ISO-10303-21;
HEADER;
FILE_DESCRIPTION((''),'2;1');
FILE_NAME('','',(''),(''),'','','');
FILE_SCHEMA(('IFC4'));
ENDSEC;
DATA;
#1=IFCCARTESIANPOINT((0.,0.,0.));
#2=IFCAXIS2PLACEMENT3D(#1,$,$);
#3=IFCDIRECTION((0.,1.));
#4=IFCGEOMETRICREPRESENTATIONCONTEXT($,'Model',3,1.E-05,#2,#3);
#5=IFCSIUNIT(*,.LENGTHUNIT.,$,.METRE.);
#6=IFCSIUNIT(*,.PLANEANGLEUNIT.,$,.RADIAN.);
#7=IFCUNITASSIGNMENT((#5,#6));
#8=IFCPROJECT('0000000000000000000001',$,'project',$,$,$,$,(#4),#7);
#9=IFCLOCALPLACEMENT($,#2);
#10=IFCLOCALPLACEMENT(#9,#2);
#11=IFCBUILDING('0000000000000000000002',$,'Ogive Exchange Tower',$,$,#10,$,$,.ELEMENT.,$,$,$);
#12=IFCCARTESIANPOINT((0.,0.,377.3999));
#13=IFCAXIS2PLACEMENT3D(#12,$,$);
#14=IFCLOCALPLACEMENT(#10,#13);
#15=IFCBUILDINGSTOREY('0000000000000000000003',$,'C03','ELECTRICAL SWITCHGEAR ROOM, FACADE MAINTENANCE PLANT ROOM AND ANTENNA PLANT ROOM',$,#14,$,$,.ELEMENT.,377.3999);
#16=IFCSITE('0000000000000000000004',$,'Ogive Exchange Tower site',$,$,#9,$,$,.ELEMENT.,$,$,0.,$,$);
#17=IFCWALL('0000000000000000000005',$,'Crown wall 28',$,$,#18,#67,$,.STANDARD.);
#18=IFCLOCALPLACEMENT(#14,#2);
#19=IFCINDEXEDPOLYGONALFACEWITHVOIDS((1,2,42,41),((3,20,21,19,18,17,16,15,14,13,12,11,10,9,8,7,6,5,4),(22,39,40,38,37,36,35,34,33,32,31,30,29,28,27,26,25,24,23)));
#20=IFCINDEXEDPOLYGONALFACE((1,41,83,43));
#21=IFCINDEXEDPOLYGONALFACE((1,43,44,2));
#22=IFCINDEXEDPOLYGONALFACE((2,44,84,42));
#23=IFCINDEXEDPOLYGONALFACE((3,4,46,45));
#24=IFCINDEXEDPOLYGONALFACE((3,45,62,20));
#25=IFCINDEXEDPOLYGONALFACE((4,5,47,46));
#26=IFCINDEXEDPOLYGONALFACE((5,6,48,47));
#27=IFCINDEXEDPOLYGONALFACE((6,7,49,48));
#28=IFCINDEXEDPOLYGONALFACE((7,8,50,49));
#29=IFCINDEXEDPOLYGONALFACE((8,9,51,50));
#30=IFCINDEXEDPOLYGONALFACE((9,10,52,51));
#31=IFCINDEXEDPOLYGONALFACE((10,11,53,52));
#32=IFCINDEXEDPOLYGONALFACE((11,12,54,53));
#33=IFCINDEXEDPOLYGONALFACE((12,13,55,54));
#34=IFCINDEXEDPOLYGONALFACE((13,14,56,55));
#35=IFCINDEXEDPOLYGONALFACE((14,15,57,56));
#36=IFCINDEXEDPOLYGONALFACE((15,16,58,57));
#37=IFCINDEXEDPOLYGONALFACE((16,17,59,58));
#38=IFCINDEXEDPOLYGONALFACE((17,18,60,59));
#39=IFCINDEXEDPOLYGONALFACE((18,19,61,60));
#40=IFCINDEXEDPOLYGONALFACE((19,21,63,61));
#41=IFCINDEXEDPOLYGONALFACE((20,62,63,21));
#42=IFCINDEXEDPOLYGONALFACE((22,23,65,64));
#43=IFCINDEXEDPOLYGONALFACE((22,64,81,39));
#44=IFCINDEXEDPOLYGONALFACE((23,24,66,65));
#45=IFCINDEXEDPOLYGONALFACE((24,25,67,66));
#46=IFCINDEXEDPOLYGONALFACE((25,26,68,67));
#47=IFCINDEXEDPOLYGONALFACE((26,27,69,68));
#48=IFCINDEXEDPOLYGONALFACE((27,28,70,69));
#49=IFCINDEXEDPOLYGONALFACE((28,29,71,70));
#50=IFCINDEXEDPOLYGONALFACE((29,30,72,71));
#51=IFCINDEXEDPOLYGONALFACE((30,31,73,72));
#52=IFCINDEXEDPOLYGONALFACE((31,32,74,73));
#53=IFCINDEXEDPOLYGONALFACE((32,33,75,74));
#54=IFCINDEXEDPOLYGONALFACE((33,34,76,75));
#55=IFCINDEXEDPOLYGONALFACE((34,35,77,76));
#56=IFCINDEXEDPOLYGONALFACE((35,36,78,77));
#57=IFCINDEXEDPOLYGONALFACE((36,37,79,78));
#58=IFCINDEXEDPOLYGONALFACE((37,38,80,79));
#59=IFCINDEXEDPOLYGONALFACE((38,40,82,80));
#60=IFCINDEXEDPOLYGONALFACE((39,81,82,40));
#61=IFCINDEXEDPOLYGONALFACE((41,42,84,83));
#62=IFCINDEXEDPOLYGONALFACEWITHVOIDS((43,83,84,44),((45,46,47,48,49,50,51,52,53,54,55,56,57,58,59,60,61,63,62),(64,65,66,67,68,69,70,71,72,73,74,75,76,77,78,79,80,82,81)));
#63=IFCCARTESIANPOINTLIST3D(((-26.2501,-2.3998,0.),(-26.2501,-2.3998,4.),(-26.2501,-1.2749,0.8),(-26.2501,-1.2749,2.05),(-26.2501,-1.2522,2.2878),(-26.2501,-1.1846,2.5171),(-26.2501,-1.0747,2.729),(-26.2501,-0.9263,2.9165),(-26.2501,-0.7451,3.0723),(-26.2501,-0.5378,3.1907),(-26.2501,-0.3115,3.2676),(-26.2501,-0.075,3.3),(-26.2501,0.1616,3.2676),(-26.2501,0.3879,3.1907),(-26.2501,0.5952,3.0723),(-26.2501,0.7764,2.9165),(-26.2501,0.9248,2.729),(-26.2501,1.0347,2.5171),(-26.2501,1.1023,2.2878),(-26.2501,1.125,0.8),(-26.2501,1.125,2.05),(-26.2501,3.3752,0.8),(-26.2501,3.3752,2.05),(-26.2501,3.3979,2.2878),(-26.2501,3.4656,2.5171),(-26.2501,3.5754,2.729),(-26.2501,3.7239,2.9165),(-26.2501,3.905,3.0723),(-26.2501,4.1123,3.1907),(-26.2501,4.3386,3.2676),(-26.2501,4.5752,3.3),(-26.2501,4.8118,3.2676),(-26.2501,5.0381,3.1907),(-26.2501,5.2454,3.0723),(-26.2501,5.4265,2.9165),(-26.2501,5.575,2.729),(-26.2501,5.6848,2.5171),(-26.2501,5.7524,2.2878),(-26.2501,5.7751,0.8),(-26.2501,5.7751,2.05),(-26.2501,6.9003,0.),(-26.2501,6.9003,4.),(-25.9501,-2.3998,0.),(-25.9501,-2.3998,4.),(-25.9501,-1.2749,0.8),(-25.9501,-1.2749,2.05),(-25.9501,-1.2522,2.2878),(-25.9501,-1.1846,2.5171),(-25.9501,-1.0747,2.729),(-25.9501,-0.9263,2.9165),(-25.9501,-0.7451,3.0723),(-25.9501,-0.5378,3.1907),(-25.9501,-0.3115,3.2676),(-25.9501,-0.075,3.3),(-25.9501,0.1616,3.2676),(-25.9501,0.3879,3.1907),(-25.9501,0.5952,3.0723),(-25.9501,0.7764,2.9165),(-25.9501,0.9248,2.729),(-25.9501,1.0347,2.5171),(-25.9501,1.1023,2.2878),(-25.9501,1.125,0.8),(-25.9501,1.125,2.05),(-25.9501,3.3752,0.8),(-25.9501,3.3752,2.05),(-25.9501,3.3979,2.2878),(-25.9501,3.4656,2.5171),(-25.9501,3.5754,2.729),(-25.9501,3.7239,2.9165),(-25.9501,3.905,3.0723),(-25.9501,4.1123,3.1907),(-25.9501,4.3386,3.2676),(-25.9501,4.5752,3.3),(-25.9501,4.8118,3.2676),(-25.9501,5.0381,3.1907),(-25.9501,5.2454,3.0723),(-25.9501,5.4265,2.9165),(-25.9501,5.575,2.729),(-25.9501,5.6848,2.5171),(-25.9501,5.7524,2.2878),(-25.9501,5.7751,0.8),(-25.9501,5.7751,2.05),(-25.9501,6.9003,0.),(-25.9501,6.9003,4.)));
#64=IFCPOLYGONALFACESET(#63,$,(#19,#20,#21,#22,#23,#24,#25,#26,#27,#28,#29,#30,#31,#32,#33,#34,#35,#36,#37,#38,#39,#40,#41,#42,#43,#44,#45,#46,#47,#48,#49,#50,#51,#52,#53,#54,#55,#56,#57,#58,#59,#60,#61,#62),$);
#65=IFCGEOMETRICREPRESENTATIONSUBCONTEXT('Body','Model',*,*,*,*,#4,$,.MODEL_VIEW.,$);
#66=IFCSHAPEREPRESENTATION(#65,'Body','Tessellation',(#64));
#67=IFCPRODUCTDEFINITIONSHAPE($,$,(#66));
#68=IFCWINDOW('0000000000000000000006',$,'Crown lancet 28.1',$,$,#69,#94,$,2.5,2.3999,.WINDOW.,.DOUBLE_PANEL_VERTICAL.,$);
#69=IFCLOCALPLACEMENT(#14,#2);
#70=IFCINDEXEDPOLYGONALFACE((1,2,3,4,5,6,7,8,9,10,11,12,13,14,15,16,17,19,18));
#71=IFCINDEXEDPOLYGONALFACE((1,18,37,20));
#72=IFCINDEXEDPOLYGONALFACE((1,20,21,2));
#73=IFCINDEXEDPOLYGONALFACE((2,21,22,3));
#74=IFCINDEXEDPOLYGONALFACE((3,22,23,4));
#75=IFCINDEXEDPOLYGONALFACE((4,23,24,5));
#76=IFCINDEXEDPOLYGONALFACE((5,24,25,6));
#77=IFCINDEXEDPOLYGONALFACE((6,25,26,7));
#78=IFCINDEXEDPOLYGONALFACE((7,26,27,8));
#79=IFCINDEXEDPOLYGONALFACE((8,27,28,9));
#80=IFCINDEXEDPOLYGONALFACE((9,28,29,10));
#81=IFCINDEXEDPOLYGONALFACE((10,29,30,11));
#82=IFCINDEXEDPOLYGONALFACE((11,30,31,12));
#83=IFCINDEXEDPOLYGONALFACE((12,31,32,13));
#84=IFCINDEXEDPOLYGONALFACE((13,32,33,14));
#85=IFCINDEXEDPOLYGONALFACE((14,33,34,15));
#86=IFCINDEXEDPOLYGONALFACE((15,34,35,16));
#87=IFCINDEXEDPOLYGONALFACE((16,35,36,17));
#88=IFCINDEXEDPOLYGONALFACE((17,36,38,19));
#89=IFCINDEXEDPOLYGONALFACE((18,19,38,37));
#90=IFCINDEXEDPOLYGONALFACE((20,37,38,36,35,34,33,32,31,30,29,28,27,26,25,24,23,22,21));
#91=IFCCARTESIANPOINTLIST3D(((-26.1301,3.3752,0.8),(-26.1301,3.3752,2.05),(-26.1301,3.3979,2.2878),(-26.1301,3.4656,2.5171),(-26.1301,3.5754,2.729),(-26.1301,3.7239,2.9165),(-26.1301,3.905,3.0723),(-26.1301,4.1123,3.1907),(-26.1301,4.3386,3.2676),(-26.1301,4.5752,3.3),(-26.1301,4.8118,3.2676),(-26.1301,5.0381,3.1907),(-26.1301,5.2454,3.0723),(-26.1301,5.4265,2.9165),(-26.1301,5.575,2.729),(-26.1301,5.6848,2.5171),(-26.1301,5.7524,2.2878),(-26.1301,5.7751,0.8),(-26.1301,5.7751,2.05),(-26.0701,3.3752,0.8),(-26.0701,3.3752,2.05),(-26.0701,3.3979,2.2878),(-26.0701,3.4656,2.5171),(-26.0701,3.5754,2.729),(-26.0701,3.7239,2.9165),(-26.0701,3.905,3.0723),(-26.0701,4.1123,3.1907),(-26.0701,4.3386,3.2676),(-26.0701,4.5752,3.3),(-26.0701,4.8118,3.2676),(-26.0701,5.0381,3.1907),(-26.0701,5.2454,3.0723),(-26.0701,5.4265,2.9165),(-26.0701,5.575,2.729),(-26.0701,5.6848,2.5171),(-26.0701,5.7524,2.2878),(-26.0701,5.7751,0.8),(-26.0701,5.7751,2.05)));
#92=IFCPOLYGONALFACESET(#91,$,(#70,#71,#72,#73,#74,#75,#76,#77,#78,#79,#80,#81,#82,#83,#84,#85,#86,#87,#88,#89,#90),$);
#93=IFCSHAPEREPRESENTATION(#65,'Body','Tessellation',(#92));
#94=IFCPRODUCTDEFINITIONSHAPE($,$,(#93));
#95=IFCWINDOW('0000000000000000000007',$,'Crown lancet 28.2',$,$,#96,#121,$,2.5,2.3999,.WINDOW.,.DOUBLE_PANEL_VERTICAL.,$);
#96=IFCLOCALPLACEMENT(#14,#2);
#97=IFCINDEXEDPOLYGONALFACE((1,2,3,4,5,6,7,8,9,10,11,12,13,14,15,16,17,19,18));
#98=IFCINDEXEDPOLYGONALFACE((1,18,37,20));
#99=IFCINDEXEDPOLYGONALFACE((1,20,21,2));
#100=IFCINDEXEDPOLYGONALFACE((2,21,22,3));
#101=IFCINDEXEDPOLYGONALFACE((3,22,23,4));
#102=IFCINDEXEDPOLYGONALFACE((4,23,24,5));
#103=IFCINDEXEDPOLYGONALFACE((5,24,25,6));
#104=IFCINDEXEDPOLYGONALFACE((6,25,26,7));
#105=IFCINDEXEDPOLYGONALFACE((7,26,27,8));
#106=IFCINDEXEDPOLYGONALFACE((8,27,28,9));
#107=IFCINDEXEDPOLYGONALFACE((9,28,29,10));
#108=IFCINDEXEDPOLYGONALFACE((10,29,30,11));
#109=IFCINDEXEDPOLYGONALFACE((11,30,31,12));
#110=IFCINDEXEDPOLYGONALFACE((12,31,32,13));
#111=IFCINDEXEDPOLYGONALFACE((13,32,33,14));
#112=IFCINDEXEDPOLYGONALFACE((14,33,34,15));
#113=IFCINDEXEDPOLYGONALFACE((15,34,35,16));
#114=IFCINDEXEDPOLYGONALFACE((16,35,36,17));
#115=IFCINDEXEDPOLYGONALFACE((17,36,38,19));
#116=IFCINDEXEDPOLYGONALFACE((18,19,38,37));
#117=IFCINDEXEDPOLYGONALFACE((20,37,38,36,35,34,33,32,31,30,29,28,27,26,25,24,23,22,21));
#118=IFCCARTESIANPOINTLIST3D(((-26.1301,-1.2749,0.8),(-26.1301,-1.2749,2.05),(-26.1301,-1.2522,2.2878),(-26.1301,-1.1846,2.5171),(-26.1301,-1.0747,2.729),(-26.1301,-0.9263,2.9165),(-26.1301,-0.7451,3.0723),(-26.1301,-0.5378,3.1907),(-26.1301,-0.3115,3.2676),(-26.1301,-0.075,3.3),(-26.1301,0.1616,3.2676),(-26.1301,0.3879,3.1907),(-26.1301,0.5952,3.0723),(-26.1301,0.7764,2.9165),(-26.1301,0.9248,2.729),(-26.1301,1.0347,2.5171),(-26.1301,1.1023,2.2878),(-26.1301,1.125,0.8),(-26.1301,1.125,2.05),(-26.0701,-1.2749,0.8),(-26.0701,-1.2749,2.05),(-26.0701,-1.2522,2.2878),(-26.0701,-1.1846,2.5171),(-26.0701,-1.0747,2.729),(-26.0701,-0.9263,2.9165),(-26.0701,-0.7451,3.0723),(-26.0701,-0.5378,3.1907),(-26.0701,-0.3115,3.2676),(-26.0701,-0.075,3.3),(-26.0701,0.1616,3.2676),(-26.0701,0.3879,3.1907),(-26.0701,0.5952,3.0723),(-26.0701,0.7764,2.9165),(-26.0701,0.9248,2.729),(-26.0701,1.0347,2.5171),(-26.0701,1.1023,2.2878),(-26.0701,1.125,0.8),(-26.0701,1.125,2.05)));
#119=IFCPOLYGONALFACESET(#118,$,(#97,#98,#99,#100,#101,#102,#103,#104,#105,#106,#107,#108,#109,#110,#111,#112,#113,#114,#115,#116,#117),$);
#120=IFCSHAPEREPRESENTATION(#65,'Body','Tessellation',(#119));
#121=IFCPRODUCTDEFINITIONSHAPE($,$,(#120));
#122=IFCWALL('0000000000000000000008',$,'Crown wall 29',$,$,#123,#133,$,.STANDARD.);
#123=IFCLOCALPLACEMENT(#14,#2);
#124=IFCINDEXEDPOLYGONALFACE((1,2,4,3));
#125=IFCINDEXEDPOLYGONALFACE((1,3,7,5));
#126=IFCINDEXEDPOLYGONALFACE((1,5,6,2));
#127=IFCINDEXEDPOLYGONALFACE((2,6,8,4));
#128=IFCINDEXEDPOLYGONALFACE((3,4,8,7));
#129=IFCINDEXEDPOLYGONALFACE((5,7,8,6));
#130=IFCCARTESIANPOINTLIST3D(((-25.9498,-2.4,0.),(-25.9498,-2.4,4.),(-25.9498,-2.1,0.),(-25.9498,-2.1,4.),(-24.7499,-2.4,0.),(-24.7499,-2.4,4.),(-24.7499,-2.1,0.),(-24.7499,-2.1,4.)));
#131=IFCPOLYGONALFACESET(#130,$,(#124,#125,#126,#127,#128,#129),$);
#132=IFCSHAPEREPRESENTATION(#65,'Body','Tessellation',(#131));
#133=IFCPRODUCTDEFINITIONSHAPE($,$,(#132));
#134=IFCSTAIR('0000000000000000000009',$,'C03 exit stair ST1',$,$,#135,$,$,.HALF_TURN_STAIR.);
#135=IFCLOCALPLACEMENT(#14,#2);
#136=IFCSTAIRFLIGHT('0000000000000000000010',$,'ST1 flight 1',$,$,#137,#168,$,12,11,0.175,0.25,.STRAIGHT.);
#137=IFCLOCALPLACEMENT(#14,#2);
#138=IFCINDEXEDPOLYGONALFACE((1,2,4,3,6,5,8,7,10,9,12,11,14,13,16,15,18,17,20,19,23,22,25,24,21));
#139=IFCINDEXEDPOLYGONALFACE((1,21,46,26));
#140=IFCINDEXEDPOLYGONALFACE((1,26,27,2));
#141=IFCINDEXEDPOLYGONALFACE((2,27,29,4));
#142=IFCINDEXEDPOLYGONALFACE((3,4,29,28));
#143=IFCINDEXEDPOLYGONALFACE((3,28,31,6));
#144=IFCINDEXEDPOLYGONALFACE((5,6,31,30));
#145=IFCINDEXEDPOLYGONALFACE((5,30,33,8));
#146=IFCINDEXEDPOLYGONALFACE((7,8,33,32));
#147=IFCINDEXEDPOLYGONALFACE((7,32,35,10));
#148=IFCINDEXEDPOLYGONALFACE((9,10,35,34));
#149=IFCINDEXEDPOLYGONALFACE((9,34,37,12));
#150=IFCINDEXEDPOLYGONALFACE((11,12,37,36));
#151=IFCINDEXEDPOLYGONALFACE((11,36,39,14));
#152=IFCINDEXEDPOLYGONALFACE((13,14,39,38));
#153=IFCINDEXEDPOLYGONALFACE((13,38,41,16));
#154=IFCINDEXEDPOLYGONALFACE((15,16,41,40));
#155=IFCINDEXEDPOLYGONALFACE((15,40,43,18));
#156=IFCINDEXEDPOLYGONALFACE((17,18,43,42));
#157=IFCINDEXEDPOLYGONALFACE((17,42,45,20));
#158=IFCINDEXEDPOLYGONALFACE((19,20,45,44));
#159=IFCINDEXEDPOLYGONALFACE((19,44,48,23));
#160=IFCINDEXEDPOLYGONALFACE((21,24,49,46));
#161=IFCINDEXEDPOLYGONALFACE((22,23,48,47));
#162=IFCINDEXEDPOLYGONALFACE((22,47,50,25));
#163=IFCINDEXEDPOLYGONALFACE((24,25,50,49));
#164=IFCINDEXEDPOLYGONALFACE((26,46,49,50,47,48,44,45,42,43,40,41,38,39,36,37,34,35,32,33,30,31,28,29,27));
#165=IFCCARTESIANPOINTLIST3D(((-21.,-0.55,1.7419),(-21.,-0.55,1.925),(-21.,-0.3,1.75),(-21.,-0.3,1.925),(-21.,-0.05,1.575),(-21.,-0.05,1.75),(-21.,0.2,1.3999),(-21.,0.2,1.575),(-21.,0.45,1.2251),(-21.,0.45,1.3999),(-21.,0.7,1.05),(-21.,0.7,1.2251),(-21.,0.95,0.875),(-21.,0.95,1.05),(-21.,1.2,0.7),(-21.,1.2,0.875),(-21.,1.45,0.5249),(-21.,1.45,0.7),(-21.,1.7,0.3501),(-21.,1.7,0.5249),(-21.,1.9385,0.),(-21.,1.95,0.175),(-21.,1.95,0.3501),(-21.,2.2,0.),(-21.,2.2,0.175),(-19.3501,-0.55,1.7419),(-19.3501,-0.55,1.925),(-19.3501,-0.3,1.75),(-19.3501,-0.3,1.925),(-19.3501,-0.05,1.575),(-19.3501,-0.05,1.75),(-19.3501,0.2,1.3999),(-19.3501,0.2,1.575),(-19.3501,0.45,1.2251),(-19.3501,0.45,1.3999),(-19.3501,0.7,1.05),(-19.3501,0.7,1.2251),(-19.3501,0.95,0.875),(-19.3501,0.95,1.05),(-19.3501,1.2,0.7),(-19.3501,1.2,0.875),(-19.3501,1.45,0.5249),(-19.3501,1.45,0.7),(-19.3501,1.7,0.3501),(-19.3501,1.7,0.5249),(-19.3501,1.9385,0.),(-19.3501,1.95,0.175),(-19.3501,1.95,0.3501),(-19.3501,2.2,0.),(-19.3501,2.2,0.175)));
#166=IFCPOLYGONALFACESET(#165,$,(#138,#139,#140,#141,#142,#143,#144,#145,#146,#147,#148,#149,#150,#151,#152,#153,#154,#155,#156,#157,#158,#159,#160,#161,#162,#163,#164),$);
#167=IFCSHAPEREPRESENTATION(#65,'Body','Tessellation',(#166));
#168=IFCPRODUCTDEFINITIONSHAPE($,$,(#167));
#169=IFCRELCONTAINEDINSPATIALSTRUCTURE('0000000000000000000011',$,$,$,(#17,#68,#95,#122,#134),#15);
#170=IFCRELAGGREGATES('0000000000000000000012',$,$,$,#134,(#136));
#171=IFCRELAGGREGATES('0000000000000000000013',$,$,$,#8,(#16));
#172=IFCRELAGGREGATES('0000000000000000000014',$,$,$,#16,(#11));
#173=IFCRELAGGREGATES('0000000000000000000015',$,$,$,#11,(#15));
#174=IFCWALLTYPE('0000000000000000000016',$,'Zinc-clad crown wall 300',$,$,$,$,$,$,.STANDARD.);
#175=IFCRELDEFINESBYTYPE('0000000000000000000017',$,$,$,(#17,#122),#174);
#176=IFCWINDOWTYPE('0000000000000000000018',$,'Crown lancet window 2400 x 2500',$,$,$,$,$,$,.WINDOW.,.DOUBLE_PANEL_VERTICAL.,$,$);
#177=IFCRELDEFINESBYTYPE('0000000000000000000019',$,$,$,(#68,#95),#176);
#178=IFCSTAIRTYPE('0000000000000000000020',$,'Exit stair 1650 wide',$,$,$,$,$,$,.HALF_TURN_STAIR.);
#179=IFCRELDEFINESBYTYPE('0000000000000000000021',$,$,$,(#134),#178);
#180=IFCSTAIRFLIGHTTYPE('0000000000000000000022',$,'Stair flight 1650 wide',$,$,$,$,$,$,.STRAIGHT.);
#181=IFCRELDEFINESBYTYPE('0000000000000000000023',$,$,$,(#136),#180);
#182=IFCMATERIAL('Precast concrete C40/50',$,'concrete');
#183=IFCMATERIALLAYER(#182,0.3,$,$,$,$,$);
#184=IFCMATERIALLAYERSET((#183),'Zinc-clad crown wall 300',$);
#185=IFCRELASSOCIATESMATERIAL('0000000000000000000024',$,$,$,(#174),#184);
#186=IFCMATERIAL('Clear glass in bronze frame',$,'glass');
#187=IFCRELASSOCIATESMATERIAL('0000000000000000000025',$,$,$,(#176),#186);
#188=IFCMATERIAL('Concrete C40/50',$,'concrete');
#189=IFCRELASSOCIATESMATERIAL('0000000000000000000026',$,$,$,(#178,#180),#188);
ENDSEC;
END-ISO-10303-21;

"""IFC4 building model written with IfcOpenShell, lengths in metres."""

from ifc_helpers import new_model, si_unit, direction, frame, frame_2d, origin, place, context, subcontext, project, spatial, polyline, rectangle, outline, extrude, material, layer, layer_set, type_object, element, fill, aggregate, save


model = new_model("IFC4")

# Units and contexts
model_context = context("Model", 3, precision=1e-05, world=origin(), true_north=direction((0.0, 1.0)))
body_context = subcontext(model_context, "Body", "Model", "MODEL_VIEW")
ifc_project = project(units=[si_unit("LENGTHUNIT", "METRE"), si_unit("PLANEANGLEUNIT", "RADIAN")], contexts=[model_context])

# Site, building, storey
site_placement = place(None, origin())
site = spatial("IfcSite", under=ifc_project, at=site_placement, Name="Ogive Exchange Tower site", CompositionType="ELEMENT", RefElevation=0.0)
building_placement = place(site_placement, origin())
building = spatial("IfcBuilding", under=site, at=building_placement, Name="Ogive Exchange Tower", CompositionType="ELEMENT")
storey_placement = place(building_placement, frame((0.0, 0.0, 377.3999)))
storey = spatial("IfcBuildingStorey", under=building, at=storey_placement, Name="C03", Description="ELECTRICAL SWITCHGEAR ROOM, FACADE MAINTENANCE PLANT ROOM AND ANTENNA PLANT ROOM", CompositionType="ELEMENT", Elevation=377.3999)

# Shared definitions
ifc_material_1 = material(Name="Precast concrete C40/50", Category="concrete")
ifc_layer_1 = layer(ifc_material_1, 0.3)
ifc_layer_set_1 = layer_set([ifc_layer_1], Name="Zinc-clad crown wall 300")
wall_type_1 = type_object("IfcWallType", Name="Zinc-clad crown wall 300", PredefinedType="STANDARD", material=ifc_layer_set_1)

# Wall, openings, windows
wall_1_placement = place(storey_placement, frame((-26.1001, 6.9001, 0.0), z_axis=(0.0, 0.0, 1.0), x_axis=(0.0, -1.0, 0.0)))
wall_1 = element("IfcWall", 1, at=wall_1_placement, inside=storey, type_object=wall_type_1, Name="Crown wall 28", PredefinedType="STANDARD", context=body_context, shape_type="SweptSolid", body=[
    extrude(rectangle(XDim=9.3, YDim=0.3, at=frame_2d((4.6499, 0.0))), origin(), (0.0, 0.0, 1.0), 4.0),
])
opening_1_placement = place(wall_1_placement, frame((1.125, 0.0, 0.8)))
opening_1 = element("IfcOpeningElement", 2, at=opening_1_placement, cuts=wall_1, PredefinedType="OPENING", context=body_context, shape_type="SweptSolid", body=[
    extrude(outline(polyline([(0.0, 0.0), (2.3999, 0.0), (2.3999, 1.25), (2.3772, 1.4878), (2.3096, 1.717), (2.1997, 1.929), (2.0513, 2.1165), (1.8701, 2.2722), (1.6628, 2.3906), (1.4365, 2.4675), (1.2, 2.5), (0.9634, 2.4675), (0.7371, 2.3906), (0.5298, 2.2722), (0.3486, 2.1165), (0.2002, 1.929), (0.0903, 1.717), (0.0227, 1.4878), (0.0, 1.25), (0.0, 0.0)])), frame((0.0, 0.1599, 0.0), z_axis=(0.0, -1.0, 0.0), x_axis=(1.0, 0.0, 0.0)), (0.0, 0.0, 1.0), 0.3201),
])
opening_2_placement = place(wall_1_placement, frame((5.7751, 0.0, 0.8)))
opening_2 = element("IfcOpeningElement", 3, at=opening_2_placement, cuts=wall_1, PredefinedType="OPENING", context=body_context, shape_type="SweptSolid", body=[
    extrude(outline(polyline([(0.0, 0.0), (2.3999, 0.0), (2.3999, 1.25), (2.3772, 1.4878), (2.3096, 1.717), (2.1997, 1.929), (2.0513, 2.1165), (1.8701, 2.2722), (1.6628, 2.3906), (1.4365, 2.4675), (1.2, 2.5), (0.9634, 2.4675), (0.7371, 2.3906), (0.5298, 2.2722), (0.3486, 2.1165), (0.2002, 1.929), (0.0903, 1.717), (0.0227, 1.4878), (0.0, 1.25), (0.0, 0.0)])), frame((0.0, 0.1599, 0.0), z_axis=(0.0, -1.0, 0.0), x_axis=(1.0, 0.0, 0.0)), (0.0, 0.0, 1.0), 0.3201),
])
ifc_material_2 = material(Name="Clear glass in bronze frame", Category="glass")
window_type = type_object("IfcWindowType", Name="Crown lancet window 2400 x 2500", PartitioningType="DOUBLE_PANEL_VERTICAL", PredefinedType="WINDOW", material=ifc_material_2)
window_1_placement = place(opening_1_placement, origin())
window_1 = element("IfcWindow", 4, at=window_1_placement, inside=storey, type_object=window_type, Name="Crown lancet 28.1", OverallHeight=2.5, OverallWidth=2.3999, PartitioningType="DOUBLE_PANEL_VERTICAL", PredefinedType="WINDOW", context=body_context, shape_type="SweptSolid", body=[
    extrude(outline(polyline([(0.0, 0.0), (2.3999, 0.0), (2.3999, 1.25), (2.3772, 1.4878), (2.3096, 1.717), (2.1997, 1.929), (2.0513, 2.1165), (1.8701, 2.2722), (1.6628, 2.3906), (1.4365, 2.4675), (1.2, 2.5), (0.9634, 2.4675), (0.7371, 2.3906), (0.5298, 2.2722), (0.3486, 2.1165), (0.2002, 1.929), (0.0903, 1.717), (0.0227, 1.4878), (0.0, 1.25), (0.0, 0.0)])), frame((0.0, 0.03, 0.0), z_axis=(0.0, -1.0, 0.0), x_axis=(1.0, 0.0, 0.0)), (0.0, 0.0, 1.0), 0.0601),
])
fill(opening_1, window_1)
window_2_placement = place(opening_2_placement, origin())
window_2 = element("IfcWindow", 5, at=window_2_placement, inside=storey, type_object=window_type, Name="Crown lancet 28.2", OverallHeight=2.5, OverallWidth=2.3999, PartitioningType="DOUBLE_PANEL_VERTICAL", PredefinedType="WINDOW", context=body_context, shape_type="SweptSolid", body=[
    extrude(outline(polyline([(0.0, 0.0), (2.3999, 0.0), (2.3999, 1.25), (2.3772, 1.4878), (2.3096, 1.717), (2.1997, 1.929), (2.0513, 2.1165), (1.8701, 2.2722), (1.6628, 2.3906), (1.4365, 2.4675), (1.2, 2.5), (0.9634, 2.4675), (0.7371, 2.3906), (0.5298, 2.2722), (0.3486, 2.1165), (0.2002, 1.929), (0.0903, 1.717), (0.0227, 1.4878), (0.0, 1.25), (0.0, 0.0)])), frame((0.0, 0.03, 0.0), z_axis=(0.0, -1.0, 0.0), x_axis=(1.0, 0.0, 0.0)), (0.0, 0.0, 1.0), 0.0601),
])
fill(opening_2, window_2)

# Wall
wall_2_placement = place(storey_placement, frame((-25.95, -2.25, 0.0), z_axis=(0.0, 0.0, 1.0), x_axis=(1.0, 0.0, 0.0)))
element("IfcWall", 6, at=wall_2_placement, inside=storey, type_object=wall_type_1, Name="Crown wall 29", PredefinedType="STANDARD", context=body_context, shape_type="SweptSolid", body=[
    extrude(rectangle(XDim=1.2, YDim=0.3, at=frame_2d((0.6001, 0.0))), origin(), (0.0, 0.0, 1.0), 4.0),
])

# Stair, stair flight
ifc_material_3 = material(Name="Concrete C40/50", Category="concrete")
stair_type = type_object("IfcStairType", Name="Exit stair 1650 wide", PredefinedType="HALF_TURN_STAIR", material=ifc_material_3)
stair_placement = place(storey_placement, origin())
stair = element("IfcStair", 7, at=stair_placement, inside=storey, type_object=stair_type, Name="C03 exit stair ST1", PredefinedType="HALF_TURN_STAIR")
stair_flight_type = type_object("IfcStairFlightType", Name="Stair flight 1650 wide", PredefinedType="STRAIGHT", material=ifc_material_3)
stair_flight_placement = place(storey_placement, frame((-20.175, 2.2, 0.0), z_axis=(0.0, 0.0, 1.0), x_axis=(0.0, -1.0, 0.0)))
stair_flight = element("IfcStairFlight", 8, at=stair_flight_placement, type_object=stair_flight_type, Name="ST1 flight 1", NumberOfRisers=12, NumberOfTreads=11, PredefinedType="STRAIGHT", RiserHeight=0.175, TreadLength=0.25, context=body_context, shape_type="SweptSolid", body=[
    extrude(outline(polyline([(0.0, 0.0), (0.0, 0.175), (0.25, 0.175), (0.25, 0.3501), (0.5, 0.3501), (0.5, 0.5249), (0.75, 0.5249), (0.75, 0.7), (1.0, 0.7), (1.0, 0.875), (1.25, 0.875), (1.25, 1.05), (1.5, 1.05), (1.5, 1.2251), (1.75, 1.2251), (1.75, 1.3999), (2.0, 1.3999), (2.0, 1.575), (2.25, 1.575), (2.25, 1.75), (2.5, 1.75), (2.5, 1.925), (2.75, 1.925), (2.75, 2.1001), (2.75, 1.7419), (0.2615, 0.0), (0.0, 0.0)])), frame((0.0, 0.825, 0.0), z_axis=(0.0, -1.0, 0.0), x_axis=(1.0, 0.0, 0.0)), (0.0, 0.0, 1.0), 1.6499),
])
aggregate(stair, [stair_flight])

save(model, "model.ifc")
